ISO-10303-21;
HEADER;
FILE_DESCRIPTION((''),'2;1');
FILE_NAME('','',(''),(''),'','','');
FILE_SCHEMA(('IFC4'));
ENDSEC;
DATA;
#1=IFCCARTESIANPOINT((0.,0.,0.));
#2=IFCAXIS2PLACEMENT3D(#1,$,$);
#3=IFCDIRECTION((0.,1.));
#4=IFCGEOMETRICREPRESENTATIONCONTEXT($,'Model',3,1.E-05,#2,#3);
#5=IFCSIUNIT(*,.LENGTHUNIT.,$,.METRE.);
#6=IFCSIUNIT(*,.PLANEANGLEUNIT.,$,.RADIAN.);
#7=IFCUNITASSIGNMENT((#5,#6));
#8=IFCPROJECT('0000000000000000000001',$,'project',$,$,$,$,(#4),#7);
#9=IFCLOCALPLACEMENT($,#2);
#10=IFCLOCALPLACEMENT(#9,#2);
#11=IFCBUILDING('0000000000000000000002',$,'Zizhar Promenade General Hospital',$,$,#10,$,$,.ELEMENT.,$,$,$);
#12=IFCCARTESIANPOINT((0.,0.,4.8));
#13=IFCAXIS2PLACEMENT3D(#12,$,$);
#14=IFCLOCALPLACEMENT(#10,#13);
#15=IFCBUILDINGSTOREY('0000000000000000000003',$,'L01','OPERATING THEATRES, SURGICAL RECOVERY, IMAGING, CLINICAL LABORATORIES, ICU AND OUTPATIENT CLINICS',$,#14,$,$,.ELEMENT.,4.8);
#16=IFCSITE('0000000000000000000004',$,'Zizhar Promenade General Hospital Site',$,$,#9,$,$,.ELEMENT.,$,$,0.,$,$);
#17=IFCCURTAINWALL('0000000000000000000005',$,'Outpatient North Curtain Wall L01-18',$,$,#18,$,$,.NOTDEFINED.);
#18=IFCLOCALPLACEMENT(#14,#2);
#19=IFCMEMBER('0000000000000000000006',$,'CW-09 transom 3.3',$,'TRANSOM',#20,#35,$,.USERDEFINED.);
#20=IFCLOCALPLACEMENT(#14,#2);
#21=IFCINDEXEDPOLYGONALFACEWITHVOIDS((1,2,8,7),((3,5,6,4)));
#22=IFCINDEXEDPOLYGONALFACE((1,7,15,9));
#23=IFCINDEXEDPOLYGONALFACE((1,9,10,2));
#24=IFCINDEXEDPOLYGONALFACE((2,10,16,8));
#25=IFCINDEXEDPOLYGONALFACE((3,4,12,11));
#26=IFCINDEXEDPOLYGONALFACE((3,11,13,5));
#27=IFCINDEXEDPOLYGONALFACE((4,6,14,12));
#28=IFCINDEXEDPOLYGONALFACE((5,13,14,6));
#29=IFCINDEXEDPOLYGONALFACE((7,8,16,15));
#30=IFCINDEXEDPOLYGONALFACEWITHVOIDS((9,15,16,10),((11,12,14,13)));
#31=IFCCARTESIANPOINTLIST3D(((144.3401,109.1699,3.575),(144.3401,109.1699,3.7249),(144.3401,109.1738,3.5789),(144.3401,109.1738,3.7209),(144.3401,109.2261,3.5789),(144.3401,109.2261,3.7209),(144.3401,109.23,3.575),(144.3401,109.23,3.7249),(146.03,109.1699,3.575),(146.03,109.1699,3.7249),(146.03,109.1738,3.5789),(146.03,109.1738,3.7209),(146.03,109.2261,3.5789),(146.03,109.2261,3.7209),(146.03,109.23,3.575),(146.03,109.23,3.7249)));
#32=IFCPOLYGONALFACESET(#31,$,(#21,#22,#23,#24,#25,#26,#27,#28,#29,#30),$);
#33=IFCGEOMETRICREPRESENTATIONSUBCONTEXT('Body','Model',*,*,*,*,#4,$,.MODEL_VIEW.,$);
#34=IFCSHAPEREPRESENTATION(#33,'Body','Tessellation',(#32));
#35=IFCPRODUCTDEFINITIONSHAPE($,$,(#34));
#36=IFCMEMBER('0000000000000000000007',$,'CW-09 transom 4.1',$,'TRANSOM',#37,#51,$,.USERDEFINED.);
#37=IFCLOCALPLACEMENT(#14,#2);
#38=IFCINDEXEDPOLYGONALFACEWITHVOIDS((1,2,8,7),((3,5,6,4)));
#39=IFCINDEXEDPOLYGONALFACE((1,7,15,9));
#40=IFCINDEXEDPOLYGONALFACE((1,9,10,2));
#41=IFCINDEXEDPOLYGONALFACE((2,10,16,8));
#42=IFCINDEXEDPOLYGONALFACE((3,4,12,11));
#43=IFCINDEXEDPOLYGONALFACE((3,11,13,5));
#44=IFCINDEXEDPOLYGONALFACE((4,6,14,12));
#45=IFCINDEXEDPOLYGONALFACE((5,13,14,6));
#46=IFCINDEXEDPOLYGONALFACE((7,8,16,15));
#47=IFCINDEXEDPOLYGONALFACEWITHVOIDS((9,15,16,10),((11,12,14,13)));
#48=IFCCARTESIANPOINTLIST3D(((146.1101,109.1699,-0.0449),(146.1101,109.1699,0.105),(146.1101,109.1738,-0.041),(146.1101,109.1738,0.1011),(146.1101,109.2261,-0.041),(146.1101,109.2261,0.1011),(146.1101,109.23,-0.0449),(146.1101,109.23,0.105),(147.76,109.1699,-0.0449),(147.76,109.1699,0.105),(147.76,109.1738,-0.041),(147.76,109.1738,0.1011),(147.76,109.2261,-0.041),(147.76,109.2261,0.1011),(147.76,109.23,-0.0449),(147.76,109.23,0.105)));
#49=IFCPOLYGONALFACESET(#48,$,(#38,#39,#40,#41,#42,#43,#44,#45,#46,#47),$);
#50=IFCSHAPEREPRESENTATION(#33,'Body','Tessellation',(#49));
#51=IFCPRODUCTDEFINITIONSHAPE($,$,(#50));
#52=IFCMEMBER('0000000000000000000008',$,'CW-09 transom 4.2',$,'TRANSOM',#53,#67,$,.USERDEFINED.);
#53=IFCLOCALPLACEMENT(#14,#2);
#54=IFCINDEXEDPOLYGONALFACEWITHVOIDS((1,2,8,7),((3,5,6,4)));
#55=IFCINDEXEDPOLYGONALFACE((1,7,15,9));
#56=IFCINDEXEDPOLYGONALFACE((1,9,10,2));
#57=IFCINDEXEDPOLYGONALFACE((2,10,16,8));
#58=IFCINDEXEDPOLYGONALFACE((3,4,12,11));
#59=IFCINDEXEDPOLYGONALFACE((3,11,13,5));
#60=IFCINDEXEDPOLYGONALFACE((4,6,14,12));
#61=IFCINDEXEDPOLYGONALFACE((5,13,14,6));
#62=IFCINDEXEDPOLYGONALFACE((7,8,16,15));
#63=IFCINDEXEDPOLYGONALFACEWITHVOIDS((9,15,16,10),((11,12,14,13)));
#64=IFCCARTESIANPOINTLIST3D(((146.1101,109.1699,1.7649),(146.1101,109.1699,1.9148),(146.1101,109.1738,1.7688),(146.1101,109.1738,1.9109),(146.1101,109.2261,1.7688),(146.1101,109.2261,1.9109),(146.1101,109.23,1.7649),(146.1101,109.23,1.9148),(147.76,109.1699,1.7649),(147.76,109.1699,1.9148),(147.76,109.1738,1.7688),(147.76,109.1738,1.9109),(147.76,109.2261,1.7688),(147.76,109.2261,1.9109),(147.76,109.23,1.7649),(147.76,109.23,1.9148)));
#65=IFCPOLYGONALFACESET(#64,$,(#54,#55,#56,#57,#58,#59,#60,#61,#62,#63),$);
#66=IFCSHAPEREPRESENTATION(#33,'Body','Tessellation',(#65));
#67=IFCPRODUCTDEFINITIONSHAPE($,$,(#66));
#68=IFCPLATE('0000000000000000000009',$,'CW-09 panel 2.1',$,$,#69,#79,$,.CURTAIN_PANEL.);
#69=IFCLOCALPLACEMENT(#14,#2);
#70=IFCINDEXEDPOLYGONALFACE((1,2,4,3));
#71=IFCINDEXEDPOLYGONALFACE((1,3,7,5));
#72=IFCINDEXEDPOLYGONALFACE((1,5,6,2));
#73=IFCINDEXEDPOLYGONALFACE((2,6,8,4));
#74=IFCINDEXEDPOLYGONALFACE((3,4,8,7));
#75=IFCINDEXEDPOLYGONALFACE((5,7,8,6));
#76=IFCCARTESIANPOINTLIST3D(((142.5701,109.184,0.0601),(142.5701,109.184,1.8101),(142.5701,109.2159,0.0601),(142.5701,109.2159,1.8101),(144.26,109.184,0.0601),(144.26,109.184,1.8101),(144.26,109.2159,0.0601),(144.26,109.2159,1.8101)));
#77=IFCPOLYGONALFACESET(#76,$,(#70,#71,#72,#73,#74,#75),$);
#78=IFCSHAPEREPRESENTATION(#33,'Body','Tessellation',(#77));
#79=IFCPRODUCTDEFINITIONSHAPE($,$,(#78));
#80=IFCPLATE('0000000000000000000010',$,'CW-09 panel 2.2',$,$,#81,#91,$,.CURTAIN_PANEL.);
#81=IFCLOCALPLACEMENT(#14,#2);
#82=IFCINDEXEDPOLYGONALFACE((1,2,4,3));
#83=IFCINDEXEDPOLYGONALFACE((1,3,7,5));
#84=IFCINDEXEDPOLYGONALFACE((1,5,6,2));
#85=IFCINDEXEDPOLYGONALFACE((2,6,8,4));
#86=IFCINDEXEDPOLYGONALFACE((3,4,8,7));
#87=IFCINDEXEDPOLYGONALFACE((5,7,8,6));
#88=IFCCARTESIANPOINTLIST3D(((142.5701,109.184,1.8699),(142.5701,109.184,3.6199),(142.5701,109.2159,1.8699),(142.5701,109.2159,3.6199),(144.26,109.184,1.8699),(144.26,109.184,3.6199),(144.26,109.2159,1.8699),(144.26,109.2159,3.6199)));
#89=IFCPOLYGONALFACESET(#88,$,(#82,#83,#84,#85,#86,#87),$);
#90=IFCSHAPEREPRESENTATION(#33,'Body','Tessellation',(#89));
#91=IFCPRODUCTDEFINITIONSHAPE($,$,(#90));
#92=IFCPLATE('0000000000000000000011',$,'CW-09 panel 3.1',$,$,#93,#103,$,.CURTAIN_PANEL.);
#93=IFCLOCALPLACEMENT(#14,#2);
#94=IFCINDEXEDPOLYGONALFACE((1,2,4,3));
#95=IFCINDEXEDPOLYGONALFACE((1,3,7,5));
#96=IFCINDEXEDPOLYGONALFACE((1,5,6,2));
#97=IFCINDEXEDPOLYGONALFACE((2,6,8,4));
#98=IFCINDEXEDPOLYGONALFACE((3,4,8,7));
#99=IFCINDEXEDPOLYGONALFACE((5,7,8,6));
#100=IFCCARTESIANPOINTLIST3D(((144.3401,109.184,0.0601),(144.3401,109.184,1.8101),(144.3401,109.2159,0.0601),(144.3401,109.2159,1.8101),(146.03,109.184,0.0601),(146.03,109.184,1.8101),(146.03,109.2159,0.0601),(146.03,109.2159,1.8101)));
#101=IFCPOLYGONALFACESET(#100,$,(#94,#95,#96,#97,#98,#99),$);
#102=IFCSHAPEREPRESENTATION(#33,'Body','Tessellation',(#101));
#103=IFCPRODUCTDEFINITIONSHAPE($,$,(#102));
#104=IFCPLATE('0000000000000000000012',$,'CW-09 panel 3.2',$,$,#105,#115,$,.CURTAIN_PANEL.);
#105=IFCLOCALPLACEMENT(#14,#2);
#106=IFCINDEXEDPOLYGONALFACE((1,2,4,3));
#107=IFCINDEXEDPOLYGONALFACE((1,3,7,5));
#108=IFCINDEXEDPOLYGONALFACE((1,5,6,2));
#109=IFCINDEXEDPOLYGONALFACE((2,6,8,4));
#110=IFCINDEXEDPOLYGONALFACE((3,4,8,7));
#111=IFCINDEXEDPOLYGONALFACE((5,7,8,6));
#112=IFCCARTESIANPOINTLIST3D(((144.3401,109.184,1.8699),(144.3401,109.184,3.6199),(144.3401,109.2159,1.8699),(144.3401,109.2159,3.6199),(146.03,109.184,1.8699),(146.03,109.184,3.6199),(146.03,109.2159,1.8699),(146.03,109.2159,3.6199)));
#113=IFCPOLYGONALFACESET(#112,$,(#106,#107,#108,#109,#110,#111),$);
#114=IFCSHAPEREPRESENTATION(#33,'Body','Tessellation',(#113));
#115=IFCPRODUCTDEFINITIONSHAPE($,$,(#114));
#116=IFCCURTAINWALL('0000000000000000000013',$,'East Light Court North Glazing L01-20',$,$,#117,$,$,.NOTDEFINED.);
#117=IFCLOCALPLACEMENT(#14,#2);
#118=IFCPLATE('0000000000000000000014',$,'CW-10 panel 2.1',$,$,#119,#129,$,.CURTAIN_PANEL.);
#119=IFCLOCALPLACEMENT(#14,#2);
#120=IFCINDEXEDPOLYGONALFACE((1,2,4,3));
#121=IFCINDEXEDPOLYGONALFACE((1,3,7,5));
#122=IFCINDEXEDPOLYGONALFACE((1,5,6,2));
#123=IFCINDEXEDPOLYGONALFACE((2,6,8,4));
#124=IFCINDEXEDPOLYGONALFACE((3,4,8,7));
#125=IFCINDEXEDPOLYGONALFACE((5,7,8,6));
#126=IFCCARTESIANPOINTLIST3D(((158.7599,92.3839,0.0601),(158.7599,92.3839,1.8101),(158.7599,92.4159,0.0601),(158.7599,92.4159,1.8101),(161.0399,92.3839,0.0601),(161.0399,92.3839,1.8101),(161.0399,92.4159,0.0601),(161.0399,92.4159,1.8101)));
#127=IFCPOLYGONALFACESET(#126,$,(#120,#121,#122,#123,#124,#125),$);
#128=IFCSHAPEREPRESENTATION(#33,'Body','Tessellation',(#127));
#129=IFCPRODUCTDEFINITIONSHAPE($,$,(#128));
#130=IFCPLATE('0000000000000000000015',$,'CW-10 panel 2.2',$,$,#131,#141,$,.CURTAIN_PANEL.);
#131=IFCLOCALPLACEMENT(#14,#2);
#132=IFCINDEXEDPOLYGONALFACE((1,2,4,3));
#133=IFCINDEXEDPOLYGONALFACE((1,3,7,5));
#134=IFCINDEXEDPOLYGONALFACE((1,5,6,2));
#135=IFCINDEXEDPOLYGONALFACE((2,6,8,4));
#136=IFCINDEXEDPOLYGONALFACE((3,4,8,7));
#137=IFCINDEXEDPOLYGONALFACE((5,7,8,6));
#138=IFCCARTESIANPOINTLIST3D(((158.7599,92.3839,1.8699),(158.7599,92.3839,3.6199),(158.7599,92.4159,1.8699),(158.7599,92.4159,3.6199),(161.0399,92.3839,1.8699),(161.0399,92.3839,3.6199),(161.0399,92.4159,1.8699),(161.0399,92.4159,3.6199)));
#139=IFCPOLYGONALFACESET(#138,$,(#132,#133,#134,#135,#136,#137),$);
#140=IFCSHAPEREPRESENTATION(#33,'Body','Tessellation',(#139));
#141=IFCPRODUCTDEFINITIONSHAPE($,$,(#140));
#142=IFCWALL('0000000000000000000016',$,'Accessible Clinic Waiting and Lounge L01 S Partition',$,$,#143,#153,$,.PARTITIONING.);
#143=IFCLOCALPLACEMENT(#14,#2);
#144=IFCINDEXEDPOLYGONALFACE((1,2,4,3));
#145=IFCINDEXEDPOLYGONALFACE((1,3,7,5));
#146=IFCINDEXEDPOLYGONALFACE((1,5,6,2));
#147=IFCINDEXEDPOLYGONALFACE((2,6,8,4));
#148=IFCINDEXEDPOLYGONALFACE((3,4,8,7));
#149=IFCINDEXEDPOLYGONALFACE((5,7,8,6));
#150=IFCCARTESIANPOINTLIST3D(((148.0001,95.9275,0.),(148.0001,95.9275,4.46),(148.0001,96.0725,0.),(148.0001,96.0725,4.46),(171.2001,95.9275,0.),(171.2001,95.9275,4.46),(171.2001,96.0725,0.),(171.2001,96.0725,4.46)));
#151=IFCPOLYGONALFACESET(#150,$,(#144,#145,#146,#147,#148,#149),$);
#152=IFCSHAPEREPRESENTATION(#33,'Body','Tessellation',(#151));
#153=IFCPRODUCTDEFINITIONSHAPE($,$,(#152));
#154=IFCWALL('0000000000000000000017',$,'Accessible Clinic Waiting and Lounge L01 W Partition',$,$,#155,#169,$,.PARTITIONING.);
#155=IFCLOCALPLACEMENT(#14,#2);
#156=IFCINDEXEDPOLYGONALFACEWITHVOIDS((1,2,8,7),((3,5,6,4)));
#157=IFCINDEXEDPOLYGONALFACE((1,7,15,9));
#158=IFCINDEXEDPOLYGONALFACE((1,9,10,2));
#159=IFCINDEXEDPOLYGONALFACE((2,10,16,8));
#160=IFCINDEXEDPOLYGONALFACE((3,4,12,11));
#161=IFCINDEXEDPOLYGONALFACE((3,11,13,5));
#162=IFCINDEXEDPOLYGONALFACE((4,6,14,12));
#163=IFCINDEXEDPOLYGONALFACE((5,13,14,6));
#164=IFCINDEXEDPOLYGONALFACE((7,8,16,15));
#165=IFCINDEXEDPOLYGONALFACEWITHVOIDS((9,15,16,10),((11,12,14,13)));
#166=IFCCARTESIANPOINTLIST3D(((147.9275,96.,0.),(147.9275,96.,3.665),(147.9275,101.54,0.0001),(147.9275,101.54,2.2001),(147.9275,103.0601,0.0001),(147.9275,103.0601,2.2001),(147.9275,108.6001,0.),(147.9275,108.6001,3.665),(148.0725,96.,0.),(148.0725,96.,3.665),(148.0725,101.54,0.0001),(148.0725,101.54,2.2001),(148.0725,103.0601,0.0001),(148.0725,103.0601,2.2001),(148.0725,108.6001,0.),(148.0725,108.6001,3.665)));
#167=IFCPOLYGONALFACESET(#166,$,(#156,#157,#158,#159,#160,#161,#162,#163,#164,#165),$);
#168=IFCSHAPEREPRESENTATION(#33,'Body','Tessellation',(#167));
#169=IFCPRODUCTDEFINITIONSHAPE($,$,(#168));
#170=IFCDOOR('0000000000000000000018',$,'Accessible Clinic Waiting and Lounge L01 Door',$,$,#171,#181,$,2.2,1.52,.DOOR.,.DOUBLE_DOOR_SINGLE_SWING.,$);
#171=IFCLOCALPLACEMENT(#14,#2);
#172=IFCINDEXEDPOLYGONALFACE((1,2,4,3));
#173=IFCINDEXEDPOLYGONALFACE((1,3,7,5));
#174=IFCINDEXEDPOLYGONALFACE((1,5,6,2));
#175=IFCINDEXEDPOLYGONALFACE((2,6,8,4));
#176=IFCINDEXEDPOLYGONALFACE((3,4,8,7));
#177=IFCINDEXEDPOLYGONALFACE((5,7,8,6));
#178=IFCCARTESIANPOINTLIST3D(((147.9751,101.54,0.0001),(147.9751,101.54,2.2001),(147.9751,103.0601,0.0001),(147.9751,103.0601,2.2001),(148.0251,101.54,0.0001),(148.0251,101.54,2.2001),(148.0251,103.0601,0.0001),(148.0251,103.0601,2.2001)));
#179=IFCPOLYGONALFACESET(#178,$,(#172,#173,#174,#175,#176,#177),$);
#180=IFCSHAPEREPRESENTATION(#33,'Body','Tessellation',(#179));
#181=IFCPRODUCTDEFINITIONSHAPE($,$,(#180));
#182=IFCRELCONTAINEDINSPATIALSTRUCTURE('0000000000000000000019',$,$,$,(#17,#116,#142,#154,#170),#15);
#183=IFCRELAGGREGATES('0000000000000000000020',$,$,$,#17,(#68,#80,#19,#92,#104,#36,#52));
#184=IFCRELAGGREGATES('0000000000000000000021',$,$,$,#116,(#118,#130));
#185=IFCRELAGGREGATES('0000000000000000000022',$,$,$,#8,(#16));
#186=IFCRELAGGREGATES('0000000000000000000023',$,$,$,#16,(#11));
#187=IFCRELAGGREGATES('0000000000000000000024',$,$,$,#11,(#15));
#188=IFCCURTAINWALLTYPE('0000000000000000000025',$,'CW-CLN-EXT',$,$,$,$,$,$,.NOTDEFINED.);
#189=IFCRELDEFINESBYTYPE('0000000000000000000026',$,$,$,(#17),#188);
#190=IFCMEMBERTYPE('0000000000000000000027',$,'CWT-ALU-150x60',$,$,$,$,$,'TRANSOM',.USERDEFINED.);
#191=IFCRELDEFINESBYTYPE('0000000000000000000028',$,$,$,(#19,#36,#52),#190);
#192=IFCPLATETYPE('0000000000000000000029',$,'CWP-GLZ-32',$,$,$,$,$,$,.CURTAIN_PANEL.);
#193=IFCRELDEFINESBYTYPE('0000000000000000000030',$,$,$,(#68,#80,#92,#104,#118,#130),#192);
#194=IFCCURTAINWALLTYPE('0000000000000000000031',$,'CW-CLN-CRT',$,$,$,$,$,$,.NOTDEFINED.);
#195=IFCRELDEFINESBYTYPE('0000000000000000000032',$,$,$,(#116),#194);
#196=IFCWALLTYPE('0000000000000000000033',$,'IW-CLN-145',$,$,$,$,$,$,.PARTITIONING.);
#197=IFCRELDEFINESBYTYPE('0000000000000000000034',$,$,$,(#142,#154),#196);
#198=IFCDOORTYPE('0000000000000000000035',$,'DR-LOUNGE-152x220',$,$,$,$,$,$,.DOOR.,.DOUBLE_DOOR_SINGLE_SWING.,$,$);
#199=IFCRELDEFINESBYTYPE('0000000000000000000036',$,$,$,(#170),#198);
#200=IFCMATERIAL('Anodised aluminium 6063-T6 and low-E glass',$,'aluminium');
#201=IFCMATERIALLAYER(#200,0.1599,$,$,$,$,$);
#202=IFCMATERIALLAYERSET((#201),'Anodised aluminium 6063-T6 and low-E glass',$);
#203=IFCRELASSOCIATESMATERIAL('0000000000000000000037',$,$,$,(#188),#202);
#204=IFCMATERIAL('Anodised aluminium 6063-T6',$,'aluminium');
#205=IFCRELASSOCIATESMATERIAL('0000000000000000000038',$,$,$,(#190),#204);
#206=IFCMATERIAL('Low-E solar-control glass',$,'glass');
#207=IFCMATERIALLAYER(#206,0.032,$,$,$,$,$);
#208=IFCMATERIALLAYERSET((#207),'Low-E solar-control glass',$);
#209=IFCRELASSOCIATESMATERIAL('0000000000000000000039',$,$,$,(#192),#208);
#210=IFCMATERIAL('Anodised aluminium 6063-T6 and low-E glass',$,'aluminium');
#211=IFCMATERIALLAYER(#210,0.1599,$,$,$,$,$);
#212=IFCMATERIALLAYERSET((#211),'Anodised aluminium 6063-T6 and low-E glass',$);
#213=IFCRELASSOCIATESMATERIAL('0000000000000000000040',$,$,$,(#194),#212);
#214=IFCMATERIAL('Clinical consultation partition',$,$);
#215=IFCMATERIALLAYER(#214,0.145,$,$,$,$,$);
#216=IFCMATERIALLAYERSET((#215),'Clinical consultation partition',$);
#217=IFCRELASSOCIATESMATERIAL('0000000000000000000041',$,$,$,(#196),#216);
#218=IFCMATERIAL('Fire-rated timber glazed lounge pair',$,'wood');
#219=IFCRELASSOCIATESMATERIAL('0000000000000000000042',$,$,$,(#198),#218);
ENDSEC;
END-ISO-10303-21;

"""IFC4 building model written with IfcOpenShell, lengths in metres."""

from ifc_helpers import new_model, si_unit, direction, frame, frame_2d, origin, origin_2d, place, context, subcontext, project, spatial, rectangle, hollow_rectangle, extrude, material, layer, layer_set, material_profile, profile_set, type_object, element, fill, aggregate, save


model = new_model("IFC4")

# Units and contexts
model_context = context("Model", 3, precision=1e-05, world=origin(), true_north=direction((0.0, 1.0)))
body_context = subcontext(model_context, "Body", "Model", "MODEL_VIEW")
ifc_project = project(units=[si_unit("LENGTHUNIT", "METRE"), si_unit("PLANEANGLEUNIT", "RADIAN")], contexts=[model_context])

# Site, building, storey
site_placement = place(None, origin())
site = spatial("IfcSite", under=ifc_project, at=site_placement, Name="Zizhar Promenade General Hospital Site", CompositionType="ELEMENT", RefElevation=0.0)
building_placement = place(site_placement, origin())
building = spatial("IfcBuilding", under=site, at=building_placement, Name="Zizhar Promenade General Hospital", CompositionType="ELEMENT")
storey_placement = place(building_placement, frame((0.0, 0.0, 4.8)))
storey = spatial("IfcBuildingStorey", under=building, at=storey_placement, Name="L01", Description="OPERATING THEATRES, SURGICAL RECOVERY, IMAGING, CLINICAL LABORATORIES, ICU AND OUTPATIENT CLINICS", CompositionType="ELEMENT", Elevation=4.8)

# Curtain wall, members, plates
ifc_material_1 = material(Name="Anodised aluminium 6063-T6 and low-E glass", Category="aluminium")
ifc_layer_1 = layer(ifc_material_1, 0.1599)
ifc_layer_set_1 = layer_set([ifc_layer_1], Name="Anodised aluminium 6063-T6 and low-E glass")
curtain_wall_type_1 = type_object("IfcCurtainWallType", Name="CW-CLN-EXT", PredefinedType="NOTDEFINED", material=ifc_layer_set_1)
curtain_wall_1_placement = place(storey_placement, origin())
curtain_wall_1 = element("IfcCurtainWall", 1, at=curtain_wall_1_placement, inside=storey, type_object=curtain_wall_type_1, Name="Outpatient North Curtain Wall L01-18", PredefinedType="NOTDEFINED")
ifc_material_2 = material(Name="Anodised aluminium 6063-T6", Category="aluminium")
ifc_material_profile_1 = material_profile(ifc_material_2, hollow_rectangle(XDim=0.0601, YDim=0.1499, WallThickness=0.0039, at=origin_2d()))
ifc_profile_set_1 = profile_set([ifc_material_profile_1], Name="Anodised aluminium 6063-T6")
member_type_1 = type_object("IfcMemberType", Name="CWT-ALU-150x60", ElementType="TRANSOM", PredefinedType="USERDEFINED", material=ifc_profile_set_1)
member_1_placement = place(storey_placement, frame((144.3401, 109.2, 3.6499), z_axis=(1.0, 0.0, 0.0), x_axis=(0.0, 1.0, 0.0)))
member_1 = element("IfcMember", 2, at=member_1_placement, type_object=member_type_1, Name="CW-09 transom 3.3", ObjectType="TRANSOM", PredefinedType="USERDEFINED", context=body_context, shape_type="SweptSolid", body=[
    extrude(hollow_rectangle(XDim=0.0601, YDim=0.1499, WallThickness=0.0039, at=origin_2d()), origin(), (0.0, 0.0, 1.0), 1.6899),
])
member_2_placement = place(storey_placement, frame((146.1101, 109.2, 0.03), z_axis=(1.0, 0.0, 0.0), x_axis=(0.0, 1.0, 0.0)))
member_2 = element("IfcMember", 3, at=member_2_placement, type_object=member_type_1, Name="CW-09 transom 4.1", ObjectType="TRANSOM", PredefinedType="USERDEFINED", context=body_context, shape_type="SweptSolid", body=[
    extrude(hollow_rectangle(XDim=0.0601, YDim=0.1499, WallThickness=0.0039, at=origin_2d()), origin(), (0.0, 0.0, 1.0), 1.6499),
])
member_3_placement = place(storey_placement, frame((146.1101, 109.2, 1.8398), z_axis=(1.0, 0.0, 0.0), x_axis=(0.0, 1.0, 0.0)))
member_3 = element("IfcMember", 4, at=member_3_placement, type_object=member_type_1, Name="CW-09 transom 4.2", ObjectType="TRANSOM", PredefinedType="USERDEFINED", context=body_context, shape_type="SweptSolid", body=[
    extrude(hollow_rectangle(XDim=0.0601, YDim=0.1499, WallThickness=0.0039, at=origin_2d()), origin(), (0.0, 0.0, 1.0), 1.6499),
])
ifc_material_3 = material(Name="Low-E solar-control glass", Category="glass")
ifc_layer_2 = layer(ifc_material_3, 0.032)
ifc_layer_set_2 = layer_set([ifc_layer_2], Name="Low-E solar-control glass")
plate_type = type_object("IfcPlateType", Name="CWP-GLZ-32", PredefinedType="CURTAIN_PANEL", material=ifc_layer_set_2)
plate_1_placement = place(storey_placement, frame((143.415, 109.2, 0.0601), z_axis=(0.0, 0.0, 1.0), x_axis=(1.0, 0.0, 0.0)))
plate_1 = element("IfcPlate", 5, at=plate_1_placement, type_object=plate_type, Name="CW-09 panel 2.1", PredefinedType="CURTAIN_PANEL", context=body_context, shape_type="SweptSolid", body=[
    extrude(rectangle(XDim=1.6899, YDim=0.032, at=origin_2d()), origin(), (0.0, 0.0, 1.0), 1.75),
])
plate_2_placement = place(storey_placement, frame((143.415, 109.2, 1.8699), z_axis=(0.0, 0.0, 1.0), x_axis=(1.0, 0.0, 0.0)))
plate_2 = element("IfcPlate", 6, at=plate_2_placement, type_object=plate_type, Name="CW-09 panel 2.2", PredefinedType="CURTAIN_PANEL", context=body_context, shape_type="SweptSolid", body=[
    extrude(rectangle(XDim=1.6899, YDim=0.032, at=origin_2d()), origin(), (0.0, 0.0, 1.0), 1.75),
])
plate_3_placement = place(storey_placement, frame((145.1851, 109.2, 0.0601), z_axis=(0.0, 0.0, 1.0), x_axis=(1.0, 0.0, 0.0)))
plate_3 = element("IfcPlate", 7, at=plate_3_placement, type_object=plate_type, Name="CW-09 panel 3.1", PredefinedType="CURTAIN_PANEL", context=body_context, shape_type="SweptSolid", body=[
    extrude(rectangle(XDim=1.6899, YDim=0.032, at=origin_2d()), origin(), (0.0, 0.0, 1.0), 1.75),
])
plate_4_placement = place(storey_placement, frame((145.1851, 109.2, 1.8699), z_axis=(0.0, 0.0, 1.0), x_axis=(1.0, 0.0, 0.0)))
plate_4 = element("IfcPlate", 8, at=plate_4_placement, type_object=plate_type, Name="CW-09 panel 3.2", PredefinedType="CURTAIN_PANEL", context=body_context, shape_type="SweptSolid", body=[
    extrude(rectangle(XDim=1.6899, YDim=0.032, at=origin_2d()), origin(), (0.0, 0.0, 1.0), 1.75),
])
aggregate(curtain_wall_1, [plate_1, plate_2, member_1, plate_3, plate_4, member_2, member_3])

# Curtain wall, plates
ifc_material_4 = material(Name="Anodised aluminium 6063-T6 and low-E glass", Category="aluminium")
ifc_layer_3 = layer(ifc_material_4, 0.1599)
ifc_layer_set_3 = layer_set([ifc_layer_3], Name="Anodised aluminium 6063-T6 and low-E glass")
curtain_wall_type_2 = type_object("IfcCurtainWallType", Name="CW-CLN-CRT", PredefinedType="NOTDEFINED", material=ifc_layer_set_3)
curtain_wall_2_placement = place(storey_placement, origin())
curtain_wall_2 = element("IfcCurtainWall", 9, at=curtain_wall_2_placement, inside=storey, type_object=curtain_wall_type_2, Name="East Light Court North Glazing L01-20", PredefinedType="NOTDEFINED")
plate_5_placement = place(storey_placement, frame((159.8999, 92.3999, 0.0601), z_axis=(0.0, 0.0, 1.0), x_axis=(-1.0, 0.0, 0.0)))
plate_5 = element("IfcPlate", 10, at=plate_5_placement, type_object=plate_type, Name="CW-10 panel 2.1", PredefinedType="CURTAIN_PANEL", context=body_context, shape_type="SweptSolid", body=[
    extrude(rectangle(XDim=2.28, YDim=0.032, at=origin_2d()), origin(), (0.0, 0.0, 1.0), 1.75),
])
plate_6_placement = place(storey_placement, frame((159.8999, 92.3999, 1.8699), z_axis=(0.0, 0.0, 1.0), x_axis=(-1.0, 0.0, 0.0)))
plate_6 = element("IfcPlate", 11, at=plate_6_placement, type_object=plate_type, Name="CW-10 panel 2.2", PredefinedType="CURTAIN_PANEL", context=body_context, shape_type="SweptSolid", body=[
    extrude(rectangle(XDim=2.28, YDim=0.032, at=origin_2d()), origin(), (0.0, 0.0, 1.0), 1.75),
])
aggregate(curtain_wall_2, [plate_5, plate_6])

# Wall
ifc_material_5 = material(Name="Clinical consultation partition")
ifc_layer_4 = layer(ifc_material_5, 0.145)
ifc_layer_set_4 = layer_set([ifc_layer_4], Name="Clinical consultation partition")
wall_type = type_object("IfcWallType", Name="IW-CLN-145", PredefinedType="PARTITIONING", material=ifc_layer_set_4)
wall_1_placement = place(storey_placement, frame((148.0, 96.0, 0.0), z_axis=(0.0, 0.0, 1.0), x_axis=(1.0, 0.0, 0.0)))
element("IfcWall", 12, at=wall_1_placement, inside=storey, type_object=wall_type, Name="Accessible Clinic Waiting and Lounge L01 S Partition", PredefinedType="PARTITIONING", context=body_context, shape_type="SweptSolid", body=[
    extrude(rectangle(XDim=23.2, YDim=0.145, at=frame_2d((11.6001, 0.0))), origin(), (0.0, 0.0, 1.0), 4.46),
])

# Wall, opening, door
wall_2_placement = place(storey_placement, frame((148.0, 96.0, 0.0), z_axis=(0.0, 0.0, 1.0), x_axis=(0.0, 1.0, 0.0)))
wall_2 = element("IfcWall", 13, at=wall_2_placement, inside=storey, type_object=wall_type, Name="Accessible Clinic Waiting and Lounge L01 W Partition", PredefinedType="PARTITIONING", context=body_context, shape_type="SweptSolid", body=[
    extrude(rectangle(XDim=12.6001, YDim=0.145, at=frame_2d((6.3, 0.0))), origin(), (0.0, 0.0, 1.0), 3.665),
])
opening_placement = place(wall_2_placement, frame((5.54, 0.0, 0.0)))
opening = element("IfcOpeningElement", 14, at=opening_placement, cuts=wall_2, PredefinedType="OPENING", context=body_context, shape_type="SweptSolid", body=[
    extrude(rectangle(XDim=1.52, YDim=2.2, at=frame_2d((0.76, 1.1001))), frame((0.0, 0.0825, 0.0), z_axis=(0.0, -1.0, 0.0), x_axis=(1.0, 0.0, 0.0)), (0.0, 0.0, 1.0), 0.165),
])
ifc_material_6 = material(Name="Fire-rated timber glazed lounge pair", Category="wood")
door_type = type_object("IfcDoorType", Name="DR-LOUNGE-152x220", OperationType="DOUBLE_DOOR_SINGLE_SWING", PredefinedType="DOOR", material=ifc_material_6)
door_placement = place(opening_placement, origin())
door = element("IfcDoor", 15, at=door_placement, inside=storey, type_object=door_type, Name="Accessible Clinic Waiting and Lounge L01 Door", OperationType="DOUBLE_DOOR_SINGLE_SWING", OverallHeight=2.2, OverallWidth=1.52, PredefinedType="DOOR", context=body_context, shape_type="SweptSolid", body=[
    extrude(rectangle(XDim=1.52, YDim=2.2, at=frame_2d((0.76, 1.1001))), frame((0.0, 0.0249, 0.0), z_axis=(0.0, -1.0, 0.0), x_axis=(1.0, 0.0, 0.0)), (0.0, 0.0, 1.0), 0.05),
])
fill(opening, door)

save(model, "model.ifc")
